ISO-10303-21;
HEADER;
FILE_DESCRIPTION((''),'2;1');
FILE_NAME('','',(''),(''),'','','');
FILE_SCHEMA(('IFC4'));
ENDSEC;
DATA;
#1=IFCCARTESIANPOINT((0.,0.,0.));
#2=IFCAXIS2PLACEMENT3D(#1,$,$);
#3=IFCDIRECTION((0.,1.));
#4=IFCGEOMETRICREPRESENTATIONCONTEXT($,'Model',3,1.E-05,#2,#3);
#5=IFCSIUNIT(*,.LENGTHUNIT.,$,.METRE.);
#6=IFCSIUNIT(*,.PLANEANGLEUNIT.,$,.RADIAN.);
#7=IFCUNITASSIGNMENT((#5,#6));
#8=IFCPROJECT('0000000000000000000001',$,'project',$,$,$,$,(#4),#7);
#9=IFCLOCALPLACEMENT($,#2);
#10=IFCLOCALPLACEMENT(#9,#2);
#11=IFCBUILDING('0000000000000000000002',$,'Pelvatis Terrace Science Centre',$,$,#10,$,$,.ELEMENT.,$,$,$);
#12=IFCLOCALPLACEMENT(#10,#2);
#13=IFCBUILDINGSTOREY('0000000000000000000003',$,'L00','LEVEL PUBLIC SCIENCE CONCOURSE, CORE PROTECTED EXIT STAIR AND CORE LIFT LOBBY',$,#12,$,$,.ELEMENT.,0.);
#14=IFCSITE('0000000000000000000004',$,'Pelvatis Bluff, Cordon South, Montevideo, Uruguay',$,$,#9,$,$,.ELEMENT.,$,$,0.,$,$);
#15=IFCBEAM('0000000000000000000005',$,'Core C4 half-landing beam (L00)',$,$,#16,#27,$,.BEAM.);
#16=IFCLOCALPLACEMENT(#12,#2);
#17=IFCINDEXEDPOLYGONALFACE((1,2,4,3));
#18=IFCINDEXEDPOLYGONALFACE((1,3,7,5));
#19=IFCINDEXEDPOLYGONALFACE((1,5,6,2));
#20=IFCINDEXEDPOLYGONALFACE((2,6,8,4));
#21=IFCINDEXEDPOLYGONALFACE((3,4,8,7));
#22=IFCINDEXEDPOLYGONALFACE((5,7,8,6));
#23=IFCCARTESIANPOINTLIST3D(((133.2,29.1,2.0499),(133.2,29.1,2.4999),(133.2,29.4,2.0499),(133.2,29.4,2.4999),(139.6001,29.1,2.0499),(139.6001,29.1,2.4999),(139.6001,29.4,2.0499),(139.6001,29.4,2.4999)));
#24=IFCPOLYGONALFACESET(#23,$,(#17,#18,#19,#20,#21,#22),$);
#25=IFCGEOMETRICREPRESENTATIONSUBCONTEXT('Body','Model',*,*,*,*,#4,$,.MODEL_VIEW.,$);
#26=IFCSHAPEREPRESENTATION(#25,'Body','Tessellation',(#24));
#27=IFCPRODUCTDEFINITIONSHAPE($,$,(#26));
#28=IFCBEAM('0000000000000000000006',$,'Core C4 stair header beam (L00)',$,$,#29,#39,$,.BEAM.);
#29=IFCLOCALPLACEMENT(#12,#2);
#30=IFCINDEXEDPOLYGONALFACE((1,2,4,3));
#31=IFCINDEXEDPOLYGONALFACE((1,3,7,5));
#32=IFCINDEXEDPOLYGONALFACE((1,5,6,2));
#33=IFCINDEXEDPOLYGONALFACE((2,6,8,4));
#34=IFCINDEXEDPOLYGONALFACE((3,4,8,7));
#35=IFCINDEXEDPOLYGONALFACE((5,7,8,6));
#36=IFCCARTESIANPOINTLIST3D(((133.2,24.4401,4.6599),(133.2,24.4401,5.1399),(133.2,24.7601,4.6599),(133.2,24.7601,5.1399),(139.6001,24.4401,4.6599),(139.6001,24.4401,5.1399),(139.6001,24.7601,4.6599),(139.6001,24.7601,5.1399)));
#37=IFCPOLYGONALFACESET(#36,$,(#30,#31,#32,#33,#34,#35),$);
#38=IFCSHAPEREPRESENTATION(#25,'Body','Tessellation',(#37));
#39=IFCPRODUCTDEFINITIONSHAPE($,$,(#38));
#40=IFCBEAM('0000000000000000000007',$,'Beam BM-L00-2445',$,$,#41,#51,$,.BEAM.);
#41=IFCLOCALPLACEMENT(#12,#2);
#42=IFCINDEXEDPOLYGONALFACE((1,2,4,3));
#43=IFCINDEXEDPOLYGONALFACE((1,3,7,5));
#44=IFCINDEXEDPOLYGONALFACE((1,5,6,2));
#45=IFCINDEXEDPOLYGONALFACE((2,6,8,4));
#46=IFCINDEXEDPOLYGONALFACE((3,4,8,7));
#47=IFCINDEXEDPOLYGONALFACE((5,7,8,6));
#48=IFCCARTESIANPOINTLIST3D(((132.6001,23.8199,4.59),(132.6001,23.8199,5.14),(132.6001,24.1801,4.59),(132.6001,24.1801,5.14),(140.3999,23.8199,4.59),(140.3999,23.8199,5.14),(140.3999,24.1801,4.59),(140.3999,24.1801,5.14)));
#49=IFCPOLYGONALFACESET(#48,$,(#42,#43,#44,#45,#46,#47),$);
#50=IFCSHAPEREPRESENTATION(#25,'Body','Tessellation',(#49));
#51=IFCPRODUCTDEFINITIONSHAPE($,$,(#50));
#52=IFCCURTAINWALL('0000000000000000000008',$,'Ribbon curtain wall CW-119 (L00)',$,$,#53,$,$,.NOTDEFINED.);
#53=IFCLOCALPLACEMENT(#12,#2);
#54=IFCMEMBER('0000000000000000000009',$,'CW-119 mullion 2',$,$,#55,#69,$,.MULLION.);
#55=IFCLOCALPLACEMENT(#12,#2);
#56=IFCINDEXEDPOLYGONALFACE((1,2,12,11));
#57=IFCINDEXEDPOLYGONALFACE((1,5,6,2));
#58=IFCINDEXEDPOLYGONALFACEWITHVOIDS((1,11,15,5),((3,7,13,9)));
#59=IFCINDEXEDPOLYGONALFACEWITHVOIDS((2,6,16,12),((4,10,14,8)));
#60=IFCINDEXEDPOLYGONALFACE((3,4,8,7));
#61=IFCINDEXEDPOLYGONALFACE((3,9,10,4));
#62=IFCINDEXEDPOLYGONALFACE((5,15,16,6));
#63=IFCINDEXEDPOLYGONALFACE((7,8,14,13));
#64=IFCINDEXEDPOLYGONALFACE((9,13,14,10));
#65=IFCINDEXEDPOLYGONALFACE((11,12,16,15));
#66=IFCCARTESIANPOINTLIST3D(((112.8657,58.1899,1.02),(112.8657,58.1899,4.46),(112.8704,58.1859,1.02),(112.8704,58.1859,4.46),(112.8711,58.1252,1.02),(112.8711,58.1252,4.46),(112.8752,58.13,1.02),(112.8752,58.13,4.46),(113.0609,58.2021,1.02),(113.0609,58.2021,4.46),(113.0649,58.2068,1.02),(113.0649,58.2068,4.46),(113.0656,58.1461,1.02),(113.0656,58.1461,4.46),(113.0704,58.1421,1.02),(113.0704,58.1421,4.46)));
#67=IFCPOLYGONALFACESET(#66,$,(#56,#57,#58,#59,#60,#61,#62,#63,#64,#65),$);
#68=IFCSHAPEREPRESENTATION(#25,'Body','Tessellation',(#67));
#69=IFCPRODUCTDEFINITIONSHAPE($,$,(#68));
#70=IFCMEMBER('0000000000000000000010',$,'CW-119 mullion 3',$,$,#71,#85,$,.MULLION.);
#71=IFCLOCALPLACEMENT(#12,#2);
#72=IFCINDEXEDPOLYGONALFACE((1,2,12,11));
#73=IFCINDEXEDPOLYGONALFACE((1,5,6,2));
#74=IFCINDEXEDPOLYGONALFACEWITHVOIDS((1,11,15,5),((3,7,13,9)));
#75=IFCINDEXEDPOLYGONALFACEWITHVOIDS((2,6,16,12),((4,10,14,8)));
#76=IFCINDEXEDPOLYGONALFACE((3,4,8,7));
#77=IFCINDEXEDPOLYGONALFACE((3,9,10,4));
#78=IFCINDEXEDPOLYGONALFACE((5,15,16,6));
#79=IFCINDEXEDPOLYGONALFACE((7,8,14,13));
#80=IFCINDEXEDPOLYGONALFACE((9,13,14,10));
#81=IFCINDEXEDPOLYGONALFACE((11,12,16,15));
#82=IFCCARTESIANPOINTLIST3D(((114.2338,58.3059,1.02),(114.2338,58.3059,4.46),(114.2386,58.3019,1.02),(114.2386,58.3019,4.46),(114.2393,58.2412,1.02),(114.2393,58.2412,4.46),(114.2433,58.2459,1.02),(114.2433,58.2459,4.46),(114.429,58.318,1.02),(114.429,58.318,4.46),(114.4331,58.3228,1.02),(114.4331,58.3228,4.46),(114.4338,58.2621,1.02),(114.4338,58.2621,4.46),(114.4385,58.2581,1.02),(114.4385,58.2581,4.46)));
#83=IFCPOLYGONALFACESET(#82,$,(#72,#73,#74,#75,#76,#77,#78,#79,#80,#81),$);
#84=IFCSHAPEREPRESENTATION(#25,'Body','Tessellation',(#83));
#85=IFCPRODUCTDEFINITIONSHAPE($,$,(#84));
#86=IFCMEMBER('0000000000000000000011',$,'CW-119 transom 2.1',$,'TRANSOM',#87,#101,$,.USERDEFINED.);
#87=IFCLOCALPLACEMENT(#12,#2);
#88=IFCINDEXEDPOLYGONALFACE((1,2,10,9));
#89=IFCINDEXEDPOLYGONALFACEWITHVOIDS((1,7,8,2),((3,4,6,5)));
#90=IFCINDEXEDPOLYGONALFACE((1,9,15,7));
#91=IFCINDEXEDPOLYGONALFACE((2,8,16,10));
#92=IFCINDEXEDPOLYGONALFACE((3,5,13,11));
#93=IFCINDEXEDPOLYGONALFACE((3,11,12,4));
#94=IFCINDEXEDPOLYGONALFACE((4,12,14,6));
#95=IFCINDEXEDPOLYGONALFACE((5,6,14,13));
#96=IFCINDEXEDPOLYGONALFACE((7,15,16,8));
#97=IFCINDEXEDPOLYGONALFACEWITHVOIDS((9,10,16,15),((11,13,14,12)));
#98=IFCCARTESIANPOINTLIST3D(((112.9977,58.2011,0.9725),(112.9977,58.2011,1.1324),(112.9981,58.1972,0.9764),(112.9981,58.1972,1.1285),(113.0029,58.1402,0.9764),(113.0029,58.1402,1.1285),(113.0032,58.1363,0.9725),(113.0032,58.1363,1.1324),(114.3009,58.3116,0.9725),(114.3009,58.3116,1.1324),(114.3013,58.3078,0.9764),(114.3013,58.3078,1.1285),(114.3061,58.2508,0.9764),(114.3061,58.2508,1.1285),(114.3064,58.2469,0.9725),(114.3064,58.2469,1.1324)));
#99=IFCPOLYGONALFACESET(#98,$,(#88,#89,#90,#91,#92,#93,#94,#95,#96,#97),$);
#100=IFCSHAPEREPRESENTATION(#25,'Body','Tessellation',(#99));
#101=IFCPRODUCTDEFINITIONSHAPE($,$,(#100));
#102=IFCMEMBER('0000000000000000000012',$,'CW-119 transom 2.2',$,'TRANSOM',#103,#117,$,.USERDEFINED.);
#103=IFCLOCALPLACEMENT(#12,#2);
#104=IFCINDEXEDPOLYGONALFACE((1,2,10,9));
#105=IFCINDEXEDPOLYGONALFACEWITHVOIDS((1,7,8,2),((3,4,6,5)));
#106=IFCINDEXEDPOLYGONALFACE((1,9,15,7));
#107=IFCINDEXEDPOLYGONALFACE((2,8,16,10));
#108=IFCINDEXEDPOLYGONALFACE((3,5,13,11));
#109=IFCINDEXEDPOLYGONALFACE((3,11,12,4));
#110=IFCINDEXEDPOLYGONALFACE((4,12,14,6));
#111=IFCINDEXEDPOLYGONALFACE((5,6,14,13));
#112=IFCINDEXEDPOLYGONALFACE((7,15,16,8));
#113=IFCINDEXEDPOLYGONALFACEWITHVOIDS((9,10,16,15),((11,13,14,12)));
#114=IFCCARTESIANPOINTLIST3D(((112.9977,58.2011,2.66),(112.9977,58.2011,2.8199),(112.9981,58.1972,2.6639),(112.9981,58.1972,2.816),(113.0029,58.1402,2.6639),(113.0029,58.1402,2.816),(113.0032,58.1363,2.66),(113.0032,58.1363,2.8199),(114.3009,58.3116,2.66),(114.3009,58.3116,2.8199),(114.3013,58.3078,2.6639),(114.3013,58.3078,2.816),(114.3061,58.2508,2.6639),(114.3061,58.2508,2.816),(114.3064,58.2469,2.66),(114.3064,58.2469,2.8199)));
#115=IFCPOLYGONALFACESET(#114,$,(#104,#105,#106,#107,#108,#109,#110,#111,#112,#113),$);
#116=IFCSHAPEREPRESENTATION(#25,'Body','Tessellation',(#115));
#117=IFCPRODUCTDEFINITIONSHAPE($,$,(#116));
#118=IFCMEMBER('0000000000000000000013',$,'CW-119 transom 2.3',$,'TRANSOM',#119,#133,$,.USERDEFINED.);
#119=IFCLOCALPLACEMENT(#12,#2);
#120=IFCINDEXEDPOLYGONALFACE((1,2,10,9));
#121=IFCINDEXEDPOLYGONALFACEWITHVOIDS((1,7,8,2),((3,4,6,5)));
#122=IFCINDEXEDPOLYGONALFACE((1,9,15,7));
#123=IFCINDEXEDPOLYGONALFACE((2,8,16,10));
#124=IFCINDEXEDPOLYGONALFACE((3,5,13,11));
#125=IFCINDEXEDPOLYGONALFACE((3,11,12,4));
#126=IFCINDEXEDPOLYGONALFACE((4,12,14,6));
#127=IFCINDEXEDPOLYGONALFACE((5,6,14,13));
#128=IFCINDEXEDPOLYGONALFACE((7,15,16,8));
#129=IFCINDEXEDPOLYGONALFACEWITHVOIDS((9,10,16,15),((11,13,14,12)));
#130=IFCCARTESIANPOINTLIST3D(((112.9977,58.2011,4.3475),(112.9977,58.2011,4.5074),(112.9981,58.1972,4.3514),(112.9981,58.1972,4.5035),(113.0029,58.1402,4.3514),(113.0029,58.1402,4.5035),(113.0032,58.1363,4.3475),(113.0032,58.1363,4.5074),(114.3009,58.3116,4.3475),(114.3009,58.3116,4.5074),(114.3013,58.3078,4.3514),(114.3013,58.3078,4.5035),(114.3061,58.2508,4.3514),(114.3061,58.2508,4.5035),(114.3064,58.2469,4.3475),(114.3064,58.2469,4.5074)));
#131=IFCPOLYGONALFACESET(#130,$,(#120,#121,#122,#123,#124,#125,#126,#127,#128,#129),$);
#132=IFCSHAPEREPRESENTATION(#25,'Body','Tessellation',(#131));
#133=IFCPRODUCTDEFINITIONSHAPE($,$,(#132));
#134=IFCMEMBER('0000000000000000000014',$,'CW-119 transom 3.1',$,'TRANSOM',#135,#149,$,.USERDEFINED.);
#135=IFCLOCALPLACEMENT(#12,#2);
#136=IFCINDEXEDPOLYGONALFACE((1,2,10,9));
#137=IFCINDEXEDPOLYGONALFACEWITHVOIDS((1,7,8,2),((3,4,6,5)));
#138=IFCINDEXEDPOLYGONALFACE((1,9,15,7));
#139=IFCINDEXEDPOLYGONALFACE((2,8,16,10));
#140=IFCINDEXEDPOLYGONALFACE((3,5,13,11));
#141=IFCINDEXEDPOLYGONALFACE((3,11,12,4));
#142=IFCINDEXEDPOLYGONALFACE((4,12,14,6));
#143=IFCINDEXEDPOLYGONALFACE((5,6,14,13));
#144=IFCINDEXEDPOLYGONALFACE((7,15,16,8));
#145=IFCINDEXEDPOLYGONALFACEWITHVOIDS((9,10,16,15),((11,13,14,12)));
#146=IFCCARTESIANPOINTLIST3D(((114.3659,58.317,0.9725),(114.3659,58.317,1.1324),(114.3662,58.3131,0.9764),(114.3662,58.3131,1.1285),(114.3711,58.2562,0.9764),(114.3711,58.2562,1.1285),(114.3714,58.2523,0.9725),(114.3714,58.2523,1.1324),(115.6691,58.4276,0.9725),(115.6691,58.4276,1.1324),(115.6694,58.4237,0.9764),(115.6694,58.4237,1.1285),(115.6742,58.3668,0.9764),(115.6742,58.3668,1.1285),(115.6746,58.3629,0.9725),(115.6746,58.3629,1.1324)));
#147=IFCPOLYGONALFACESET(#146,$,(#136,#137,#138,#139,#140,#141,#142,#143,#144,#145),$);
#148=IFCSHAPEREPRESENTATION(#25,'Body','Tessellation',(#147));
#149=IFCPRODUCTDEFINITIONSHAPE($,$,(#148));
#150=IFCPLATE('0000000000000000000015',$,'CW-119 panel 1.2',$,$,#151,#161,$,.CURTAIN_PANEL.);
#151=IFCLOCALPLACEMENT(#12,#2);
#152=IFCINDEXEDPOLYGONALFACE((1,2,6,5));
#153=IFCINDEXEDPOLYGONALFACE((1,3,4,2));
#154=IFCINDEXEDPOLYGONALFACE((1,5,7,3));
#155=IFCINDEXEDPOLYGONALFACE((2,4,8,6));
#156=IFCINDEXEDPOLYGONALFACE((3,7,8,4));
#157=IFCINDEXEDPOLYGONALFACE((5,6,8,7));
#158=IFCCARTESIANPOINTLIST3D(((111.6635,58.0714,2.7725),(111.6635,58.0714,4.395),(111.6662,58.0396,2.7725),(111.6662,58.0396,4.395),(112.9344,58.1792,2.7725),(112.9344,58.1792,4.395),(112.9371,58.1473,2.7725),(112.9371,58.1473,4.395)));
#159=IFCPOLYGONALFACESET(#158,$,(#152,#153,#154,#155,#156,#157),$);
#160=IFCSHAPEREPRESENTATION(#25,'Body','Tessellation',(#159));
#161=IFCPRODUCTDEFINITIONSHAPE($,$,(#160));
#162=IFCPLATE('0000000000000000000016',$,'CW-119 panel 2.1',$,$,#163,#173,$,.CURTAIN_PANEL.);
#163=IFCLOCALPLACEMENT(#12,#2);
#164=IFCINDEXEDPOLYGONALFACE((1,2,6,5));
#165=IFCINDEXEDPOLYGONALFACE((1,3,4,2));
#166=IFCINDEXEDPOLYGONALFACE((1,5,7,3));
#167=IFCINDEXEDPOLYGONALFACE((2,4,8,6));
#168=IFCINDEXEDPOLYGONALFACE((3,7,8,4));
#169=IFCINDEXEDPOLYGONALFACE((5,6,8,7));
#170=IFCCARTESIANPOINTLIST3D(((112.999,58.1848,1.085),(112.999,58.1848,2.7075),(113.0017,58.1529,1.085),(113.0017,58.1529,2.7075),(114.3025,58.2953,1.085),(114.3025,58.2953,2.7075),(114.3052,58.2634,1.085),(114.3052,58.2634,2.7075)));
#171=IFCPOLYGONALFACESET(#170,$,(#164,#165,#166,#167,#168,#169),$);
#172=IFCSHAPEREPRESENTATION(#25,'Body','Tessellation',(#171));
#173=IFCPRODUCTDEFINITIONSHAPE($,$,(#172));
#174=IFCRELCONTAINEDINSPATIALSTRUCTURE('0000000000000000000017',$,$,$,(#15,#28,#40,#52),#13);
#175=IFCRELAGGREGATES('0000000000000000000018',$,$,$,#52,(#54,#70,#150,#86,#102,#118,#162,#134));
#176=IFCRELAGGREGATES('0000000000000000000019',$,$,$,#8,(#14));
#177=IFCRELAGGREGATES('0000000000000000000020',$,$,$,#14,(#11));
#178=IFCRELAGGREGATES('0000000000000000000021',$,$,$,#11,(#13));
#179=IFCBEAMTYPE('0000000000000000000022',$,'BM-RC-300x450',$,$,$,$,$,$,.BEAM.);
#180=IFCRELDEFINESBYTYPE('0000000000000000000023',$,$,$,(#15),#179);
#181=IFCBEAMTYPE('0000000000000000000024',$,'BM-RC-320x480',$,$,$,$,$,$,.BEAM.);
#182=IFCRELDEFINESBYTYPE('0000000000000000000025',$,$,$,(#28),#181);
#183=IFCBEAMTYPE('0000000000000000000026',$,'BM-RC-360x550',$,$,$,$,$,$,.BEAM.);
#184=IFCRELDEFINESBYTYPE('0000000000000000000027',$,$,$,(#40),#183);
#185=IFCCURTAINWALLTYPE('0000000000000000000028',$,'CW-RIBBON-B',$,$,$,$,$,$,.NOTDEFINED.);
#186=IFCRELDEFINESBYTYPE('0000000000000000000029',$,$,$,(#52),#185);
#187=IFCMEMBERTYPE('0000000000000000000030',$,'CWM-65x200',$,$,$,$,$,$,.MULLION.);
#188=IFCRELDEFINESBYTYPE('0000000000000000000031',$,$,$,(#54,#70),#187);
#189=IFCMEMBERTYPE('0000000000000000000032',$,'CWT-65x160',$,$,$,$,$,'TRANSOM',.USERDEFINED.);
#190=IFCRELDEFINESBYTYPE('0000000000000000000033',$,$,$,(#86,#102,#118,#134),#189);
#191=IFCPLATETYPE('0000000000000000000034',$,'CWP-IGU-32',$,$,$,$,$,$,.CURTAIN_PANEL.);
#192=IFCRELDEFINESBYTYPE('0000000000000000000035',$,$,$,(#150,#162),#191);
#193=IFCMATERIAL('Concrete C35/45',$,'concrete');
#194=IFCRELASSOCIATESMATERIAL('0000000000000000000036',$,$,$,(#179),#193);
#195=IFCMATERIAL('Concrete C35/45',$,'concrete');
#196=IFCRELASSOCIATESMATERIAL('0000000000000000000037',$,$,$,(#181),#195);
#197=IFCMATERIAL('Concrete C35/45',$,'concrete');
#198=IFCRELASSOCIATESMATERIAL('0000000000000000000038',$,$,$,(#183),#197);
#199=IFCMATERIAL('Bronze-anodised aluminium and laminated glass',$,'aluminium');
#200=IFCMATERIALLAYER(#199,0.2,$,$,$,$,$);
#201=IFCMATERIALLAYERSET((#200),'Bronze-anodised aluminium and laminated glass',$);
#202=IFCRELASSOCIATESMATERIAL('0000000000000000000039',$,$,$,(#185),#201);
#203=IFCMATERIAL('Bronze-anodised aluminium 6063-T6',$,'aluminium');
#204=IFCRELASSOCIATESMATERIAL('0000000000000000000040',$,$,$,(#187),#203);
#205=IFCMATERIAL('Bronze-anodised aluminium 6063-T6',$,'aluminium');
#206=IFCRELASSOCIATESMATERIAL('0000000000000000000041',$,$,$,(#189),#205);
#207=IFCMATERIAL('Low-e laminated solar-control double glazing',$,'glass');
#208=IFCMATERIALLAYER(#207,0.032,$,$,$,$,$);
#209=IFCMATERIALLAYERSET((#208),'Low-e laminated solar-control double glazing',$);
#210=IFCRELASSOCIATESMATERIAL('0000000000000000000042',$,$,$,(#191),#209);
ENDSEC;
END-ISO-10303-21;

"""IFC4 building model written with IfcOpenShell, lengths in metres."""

from ifc_helpers import new_model, si_unit, direction, frame, origin, origin_2d, place, context, subcontext, project, spatial, rectangle, hollow_rectangle, extrude, material, layer, layer_set, material_profile, profile_set, type_object, element, aggregate, save


model = new_model("IFC4")

# Units and contexts
model_context = context("Model", 3, precision=1e-05, world=origin(), true_north=direction((0.0, 1.0)))
body_context = subcontext(model_context, "Body", "Model", "MODEL_VIEW")
ifc_project = project(units=[si_unit("LENGTHUNIT", "METRE"), si_unit("PLANEANGLEUNIT", "RADIAN")], contexts=[model_context])

# Site, building, storey
site_placement = place(None, origin())
site = spatial("IfcSite", under=ifc_project, at=site_placement, Name="Pelvatis Bluff, Cordon South, Montevideo, Uruguay", CompositionType="ELEMENT", RefElevation=0.0)
building_placement = place(site_placement, origin())
building = spatial("IfcBuilding", under=site, at=building_placement, Name="Pelvatis Terrace Science Centre", CompositionType="ELEMENT")
storey_placement = place(building_placement, origin())
storey = spatial("IfcBuildingStorey", under=building, at=storey_placement, Name="L00", Description="LEVEL PUBLIC SCIENCE CONCOURSE, CORE PROTECTED EXIT STAIR AND CORE LIFT LOBBY", CompositionType="ELEMENT", Elevation=0.0)

# Beams
ifc_material_1 = material(Name="Concrete C35/45", Category="concrete")
ifc_material_profile_1 = material_profile(ifc_material_1, rectangle(XDim=0.3, YDim=0.45, at=origin_2d()), Name="RC-BM 300x450")
ifc_profile_set_1 = profile_set([ifc_material_profile_1], Name="Concrete C35/45")
beam_type_1 = type_object("IfcBeamType", Name="BM-RC-300x450", PredefinedType="BEAM", material=ifc_profile_set_1)
beam_1_placement = place(storey_placement, frame((133.2, 29.25, 2.2749), z_axis=(1.0, 0.0, 0.0), x_axis=(0.0, 1.0, 0.0)))
element("IfcBeam", 1, at=beam_1_placement, inside=storey, type_object=beam_type_1, Name="Core C4 half-landing beam (L00)", PredefinedType="BEAM", context=body_context, shape_type="SweptSolid", body=[
    extrude(rectangle(XDim=0.3, YDim=0.45, at=origin_2d()), origin(), (0.0, 0.0, 1.0), 6.4001),
])
ifc_material_2 = material(Name="Concrete C35/45", Category="concrete")
ifc_material_profile_2 = material_profile(ifc_material_2, rectangle(XDim=0.3201, YDim=0.48, at=origin_2d()), Name="RC-BM 320x480")
ifc_profile_set_2 = profile_set([ifc_material_profile_2], Name="Concrete C35/45")
beam_type_2 = type_object("IfcBeamType", Name="BM-RC-320x480", PredefinedType="BEAM", material=ifc_profile_set_2)
beam_2_placement = place(storey_placement, frame((133.2, 24.6001, 4.8999), z_axis=(1.0, 0.0, 0.0), x_axis=(0.0, 1.0, 0.0)))
element("IfcBeam", 2, at=beam_2_placement, inside=storey, type_object=beam_type_2, Name="Core C4 stair header beam (L00)", PredefinedType="BEAM", context=body_context, shape_type="SweptSolid", body=[
    extrude(rectangle(XDim=0.3201, YDim=0.48, at=origin_2d()), origin(), (0.0, 0.0, 1.0), 6.4001),
])
ifc_material_3 = material(Name="Concrete C35/45", Category="concrete")
ifc_material_profile_3 = material_profile(ifc_material_3, rectangle(XDim=0.3601, YDim=0.55, at=origin_2d()), Name="RC-BM 360x550")
ifc_profile_set_3 = profile_set([ifc_material_profile_3], Name="Concrete C35/45")
beam_type_3 = type_object("IfcBeamType", Name="BM-RC-360x550", PredefinedType="BEAM", material=ifc_profile_set_3)
beam_3_placement = place(storey_placement, frame((132.6001, 24.0, 4.865), z_axis=(1.0, 0.0, 0.0), x_axis=(0.0, 1.0, 0.0)))
element("IfcBeam", 3, at=beam_3_placement, inside=storey, type_object=beam_type_3, Name="Beam BM-L00-2445", PredefinedType="BEAM", context=body_context, shape_type="SweptSolid", body=[
    extrude(rectangle(XDim=0.3601, YDim=0.55, at=origin_2d()), origin(), (0.0, 0.0, 1.0), 7.7998),
])

# Curtain wall, members, plates
ifc_material_4 = material(Name="Bronze-anodised aluminium and laminated glass", Category="aluminium")
ifc_layer_1 = layer(ifc_material_4, 0.2)
ifc_layer_set_1 = layer_set([ifc_layer_1], Name="Bronze-anodised aluminium and laminated glass")
curtain_wall_type = type_object("IfcCurtainWallType", Name="CW-RIBBON-B", PredefinedType="NOTDEFINED", material=ifc_layer_set_1)
curtain_wall_placement = place(storey_placement, origin())
curtain_wall = element("IfcCurtainWall", 4, at=curtain_wall_placement, inside=storey, type_object=curtain_wall_type, Name="Ribbon curtain wall CW-119 (L00)", PredefinedType="NOTDEFINED")
ifc_material_5 = material(Name="Bronze-anodised aluminium 6063-T6", Category="aluminium")
ifc_material_profile_4 = material_profile(ifc_material_5, hollow_rectangle(XDim=0.0649, YDim=0.2, WallThickness=0.0044, at=origin_2d()), Name="ALU-MUL 65x200")
ifc_profile_set_4 = profile_set([ifc_material_profile_4], Name="Bronze-anodised aluminium 6063-T6")
member_type_1 = type_object("IfcMemberType", Name="CWM-65x200", PredefinedType="MULLION", material=ifc_profile_set_4)
member_1_placement = place(storey_placement, frame((112.968, 58.166, 1.02), z_axis=(0.0, 0.0, 1.0), x_axis=(-0.084488, 0.996425, 0.0)))
member_1 = element("IfcMember", 5, at=member_1_placement, type_object=member_type_1, Name="CW-119 mullion 2", PredefinedType="MULLION", context=body_context, shape_type="SweptSolid", body=[
    extrude(hollow_rectangle(XDim=0.0649, YDim=0.2, WallThickness=0.0044, at=origin_2d()), origin(), (0.0, 0.0, 1.0), 3.4399),
])
member_2_placement = place(storey_placement, frame((114.3362, 58.282, 1.02), z_axis=(0.0, 0.0, 1.0), x_axis=(-0.084488, 0.996425, 0.0)))
member_2 = element("IfcMember", 6, at=member_2_placement, type_object=member_type_1, Name="CW-119 mullion 3", PredefinedType="MULLION", context=body_context, shape_type="SweptSolid", body=[
    extrude(hollow_rectangle(XDim=0.0649, YDim=0.2, WallThickness=0.0044, at=origin_2d()), origin(), (0.0, 0.0, 1.0), 3.4399),
])
ifc_material_6 = material(Name="Bronze-anodised aluminium 6063-T6", Category="aluminium")
ifc_material_profile_5 = material_profile(ifc_material_6, hollow_rectangle(XDim=0.0649, YDim=0.1599, WallThickness=0.0039, at=origin_2d()), Name="ALU-TRN 65x160")
ifc_profile_set_5 = profile_set([ifc_material_profile_5], Name="Bronze-anodised aluminium 6063-T6")
member_type_2 = type_object("IfcMemberType", Name="CWT-65x160", ElementType="TRANSOM", PredefinedType="USERDEFINED", material=ifc_profile_set_5)
member_3_placement = place(storey_placement, frame((113.0005, 58.1687, 1.0525), z_axis=(0.996418, 0.084559, 0.0), x_axis=(-0.084559, 0.996418, 0.0)))
member_3 = element("IfcMember", 7, at=member_3_placement, type_object=member_type_2, Name="CW-119 transom 2.1", ObjectType="TRANSOM", PredefinedType="USERDEFINED", context=body_context, shape_type="SweptSolid", body=[
    extrude(hollow_rectangle(XDim=0.0649, YDim=0.1599, WallThickness=0.0039, at=origin_2d()), origin(), (0.0, 0.0, 1.0), 1.3079),
])
member_4_placement = place(storey_placement, frame((113.0005, 58.1687, 2.74), z_axis=(0.996418, 0.084559, 0.0), x_axis=(-0.084559, 0.996418, 0.0)))
member_4 = element("IfcMember", 8, at=member_4_placement, type_object=member_type_2, Name="CW-119 transom 2.2", ObjectType="TRANSOM", PredefinedType="USERDEFINED", context=body_context, shape_type="SweptSolid", body=[
    extrude(hollow_rectangle(XDim=0.0649, YDim=0.1599, WallThickness=0.0039, at=origin_2d()), origin(), (0.0, 0.0, 1.0), 1.3079),
])
member_5_placement = place(storey_placement, frame((113.0005, 58.1687, 4.4275), z_axis=(0.996418, 0.084559, 0.0), x_axis=(-0.084559, 0.996418, 0.0)))
member_5 = element("IfcMember", 9, at=member_5_placement, type_object=member_type_2, Name="CW-119 transom 2.3", ObjectType="TRANSOM", PredefinedType="USERDEFINED", context=body_context, shape_type="SweptSolid", body=[
    extrude(hollow_rectangle(XDim=0.0649, YDim=0.1599, WallThickness=0.0039, at=origin_2d()), origin(), (0.0, 0.0, 1.0), 1.3079),
])
member_6_placement = place(storey_placement, frame((114.3687, 58.2847, 1.0525), z_axis=(0.996418, 0.084559, 0.0), x_axis=(-0.084559, 0.996418, 0.0)))
member_6 = element("IfcMember", 10, at=member_6_placement, type_object=member_type_2, Name="CW-119 transom 3.1", ObjectType="TRANSOM", PredefinedType="USERDEFINED", context=body_context, shape_type="SweptSolid", body=[
    extrude(hollow_rectangle(XDim=0.0649, YDim=0.1599, WallThickness=0.0039, at=origin_2d()), origin(), (0.0, 0.0, 1.0), 1.3079),
])
ifc_material_7 = material(Name="Low-e laminated solar-control double glazing", Category="glass")
ifc_layer_2 = layer(ifc_material_7, 0.032)
ifc_layer_set_2 = layer_set([ifc_layer_2], Name="Low-e laminated solar-control double glazing")
plate_type = type_object("IfcPlateType", Name="CWP-IGU-32", PredefinedType="CURTAIN_PANEL", material=ifc_layer_set_2)
plate_1_placement = place(storey_placement, frame((112.3003, 58.1094, 2.7725), z_axis=(0.0, 0.0, 1.0), x_axis=(0.996425, 0.084488, 0.0)))
plate_1 = element("IfcPlate", 11, at=plate_1_placement, type_object=plate_type, Name="CW-119 panel 1.2", PredefinedType="CURTAIN_PANEL", context=body_context, shape_type="SweptSolid", body=[
    extrude(rectangle(XDim=1.2754, YDim=0.032, at=origin_2d()), origin(), (0.0, 0.0, 1.0), 1.6226),
])
plate_2_placement = place(storey_placement, frame((113.6521, 58.2241, 1.085), z_axis=(0.0, 0.0, 1.0), x_axis=(0.996425, 0.084488, 0.0)))
plate_2 = element("IfcPlate", 12, at=plate_2_placement, type_object=plate_type, Name="CW-119 panel 2.1", PredefinedType="CURTAIN_PANEL", context=body_context, shape_type="SweptSolid", body=[
    extrude(rectangle(XDim=1.3081, YDim=0.032, at=origin_2d()), origin(), (0.0, 0.0, 1.0), 1.6226),
])
aggregate(curtain_wall, [member_1, member_2, plate_1, member_3, member_4, member_5, plate_2, member_6])

save(model, "model.ifc")
